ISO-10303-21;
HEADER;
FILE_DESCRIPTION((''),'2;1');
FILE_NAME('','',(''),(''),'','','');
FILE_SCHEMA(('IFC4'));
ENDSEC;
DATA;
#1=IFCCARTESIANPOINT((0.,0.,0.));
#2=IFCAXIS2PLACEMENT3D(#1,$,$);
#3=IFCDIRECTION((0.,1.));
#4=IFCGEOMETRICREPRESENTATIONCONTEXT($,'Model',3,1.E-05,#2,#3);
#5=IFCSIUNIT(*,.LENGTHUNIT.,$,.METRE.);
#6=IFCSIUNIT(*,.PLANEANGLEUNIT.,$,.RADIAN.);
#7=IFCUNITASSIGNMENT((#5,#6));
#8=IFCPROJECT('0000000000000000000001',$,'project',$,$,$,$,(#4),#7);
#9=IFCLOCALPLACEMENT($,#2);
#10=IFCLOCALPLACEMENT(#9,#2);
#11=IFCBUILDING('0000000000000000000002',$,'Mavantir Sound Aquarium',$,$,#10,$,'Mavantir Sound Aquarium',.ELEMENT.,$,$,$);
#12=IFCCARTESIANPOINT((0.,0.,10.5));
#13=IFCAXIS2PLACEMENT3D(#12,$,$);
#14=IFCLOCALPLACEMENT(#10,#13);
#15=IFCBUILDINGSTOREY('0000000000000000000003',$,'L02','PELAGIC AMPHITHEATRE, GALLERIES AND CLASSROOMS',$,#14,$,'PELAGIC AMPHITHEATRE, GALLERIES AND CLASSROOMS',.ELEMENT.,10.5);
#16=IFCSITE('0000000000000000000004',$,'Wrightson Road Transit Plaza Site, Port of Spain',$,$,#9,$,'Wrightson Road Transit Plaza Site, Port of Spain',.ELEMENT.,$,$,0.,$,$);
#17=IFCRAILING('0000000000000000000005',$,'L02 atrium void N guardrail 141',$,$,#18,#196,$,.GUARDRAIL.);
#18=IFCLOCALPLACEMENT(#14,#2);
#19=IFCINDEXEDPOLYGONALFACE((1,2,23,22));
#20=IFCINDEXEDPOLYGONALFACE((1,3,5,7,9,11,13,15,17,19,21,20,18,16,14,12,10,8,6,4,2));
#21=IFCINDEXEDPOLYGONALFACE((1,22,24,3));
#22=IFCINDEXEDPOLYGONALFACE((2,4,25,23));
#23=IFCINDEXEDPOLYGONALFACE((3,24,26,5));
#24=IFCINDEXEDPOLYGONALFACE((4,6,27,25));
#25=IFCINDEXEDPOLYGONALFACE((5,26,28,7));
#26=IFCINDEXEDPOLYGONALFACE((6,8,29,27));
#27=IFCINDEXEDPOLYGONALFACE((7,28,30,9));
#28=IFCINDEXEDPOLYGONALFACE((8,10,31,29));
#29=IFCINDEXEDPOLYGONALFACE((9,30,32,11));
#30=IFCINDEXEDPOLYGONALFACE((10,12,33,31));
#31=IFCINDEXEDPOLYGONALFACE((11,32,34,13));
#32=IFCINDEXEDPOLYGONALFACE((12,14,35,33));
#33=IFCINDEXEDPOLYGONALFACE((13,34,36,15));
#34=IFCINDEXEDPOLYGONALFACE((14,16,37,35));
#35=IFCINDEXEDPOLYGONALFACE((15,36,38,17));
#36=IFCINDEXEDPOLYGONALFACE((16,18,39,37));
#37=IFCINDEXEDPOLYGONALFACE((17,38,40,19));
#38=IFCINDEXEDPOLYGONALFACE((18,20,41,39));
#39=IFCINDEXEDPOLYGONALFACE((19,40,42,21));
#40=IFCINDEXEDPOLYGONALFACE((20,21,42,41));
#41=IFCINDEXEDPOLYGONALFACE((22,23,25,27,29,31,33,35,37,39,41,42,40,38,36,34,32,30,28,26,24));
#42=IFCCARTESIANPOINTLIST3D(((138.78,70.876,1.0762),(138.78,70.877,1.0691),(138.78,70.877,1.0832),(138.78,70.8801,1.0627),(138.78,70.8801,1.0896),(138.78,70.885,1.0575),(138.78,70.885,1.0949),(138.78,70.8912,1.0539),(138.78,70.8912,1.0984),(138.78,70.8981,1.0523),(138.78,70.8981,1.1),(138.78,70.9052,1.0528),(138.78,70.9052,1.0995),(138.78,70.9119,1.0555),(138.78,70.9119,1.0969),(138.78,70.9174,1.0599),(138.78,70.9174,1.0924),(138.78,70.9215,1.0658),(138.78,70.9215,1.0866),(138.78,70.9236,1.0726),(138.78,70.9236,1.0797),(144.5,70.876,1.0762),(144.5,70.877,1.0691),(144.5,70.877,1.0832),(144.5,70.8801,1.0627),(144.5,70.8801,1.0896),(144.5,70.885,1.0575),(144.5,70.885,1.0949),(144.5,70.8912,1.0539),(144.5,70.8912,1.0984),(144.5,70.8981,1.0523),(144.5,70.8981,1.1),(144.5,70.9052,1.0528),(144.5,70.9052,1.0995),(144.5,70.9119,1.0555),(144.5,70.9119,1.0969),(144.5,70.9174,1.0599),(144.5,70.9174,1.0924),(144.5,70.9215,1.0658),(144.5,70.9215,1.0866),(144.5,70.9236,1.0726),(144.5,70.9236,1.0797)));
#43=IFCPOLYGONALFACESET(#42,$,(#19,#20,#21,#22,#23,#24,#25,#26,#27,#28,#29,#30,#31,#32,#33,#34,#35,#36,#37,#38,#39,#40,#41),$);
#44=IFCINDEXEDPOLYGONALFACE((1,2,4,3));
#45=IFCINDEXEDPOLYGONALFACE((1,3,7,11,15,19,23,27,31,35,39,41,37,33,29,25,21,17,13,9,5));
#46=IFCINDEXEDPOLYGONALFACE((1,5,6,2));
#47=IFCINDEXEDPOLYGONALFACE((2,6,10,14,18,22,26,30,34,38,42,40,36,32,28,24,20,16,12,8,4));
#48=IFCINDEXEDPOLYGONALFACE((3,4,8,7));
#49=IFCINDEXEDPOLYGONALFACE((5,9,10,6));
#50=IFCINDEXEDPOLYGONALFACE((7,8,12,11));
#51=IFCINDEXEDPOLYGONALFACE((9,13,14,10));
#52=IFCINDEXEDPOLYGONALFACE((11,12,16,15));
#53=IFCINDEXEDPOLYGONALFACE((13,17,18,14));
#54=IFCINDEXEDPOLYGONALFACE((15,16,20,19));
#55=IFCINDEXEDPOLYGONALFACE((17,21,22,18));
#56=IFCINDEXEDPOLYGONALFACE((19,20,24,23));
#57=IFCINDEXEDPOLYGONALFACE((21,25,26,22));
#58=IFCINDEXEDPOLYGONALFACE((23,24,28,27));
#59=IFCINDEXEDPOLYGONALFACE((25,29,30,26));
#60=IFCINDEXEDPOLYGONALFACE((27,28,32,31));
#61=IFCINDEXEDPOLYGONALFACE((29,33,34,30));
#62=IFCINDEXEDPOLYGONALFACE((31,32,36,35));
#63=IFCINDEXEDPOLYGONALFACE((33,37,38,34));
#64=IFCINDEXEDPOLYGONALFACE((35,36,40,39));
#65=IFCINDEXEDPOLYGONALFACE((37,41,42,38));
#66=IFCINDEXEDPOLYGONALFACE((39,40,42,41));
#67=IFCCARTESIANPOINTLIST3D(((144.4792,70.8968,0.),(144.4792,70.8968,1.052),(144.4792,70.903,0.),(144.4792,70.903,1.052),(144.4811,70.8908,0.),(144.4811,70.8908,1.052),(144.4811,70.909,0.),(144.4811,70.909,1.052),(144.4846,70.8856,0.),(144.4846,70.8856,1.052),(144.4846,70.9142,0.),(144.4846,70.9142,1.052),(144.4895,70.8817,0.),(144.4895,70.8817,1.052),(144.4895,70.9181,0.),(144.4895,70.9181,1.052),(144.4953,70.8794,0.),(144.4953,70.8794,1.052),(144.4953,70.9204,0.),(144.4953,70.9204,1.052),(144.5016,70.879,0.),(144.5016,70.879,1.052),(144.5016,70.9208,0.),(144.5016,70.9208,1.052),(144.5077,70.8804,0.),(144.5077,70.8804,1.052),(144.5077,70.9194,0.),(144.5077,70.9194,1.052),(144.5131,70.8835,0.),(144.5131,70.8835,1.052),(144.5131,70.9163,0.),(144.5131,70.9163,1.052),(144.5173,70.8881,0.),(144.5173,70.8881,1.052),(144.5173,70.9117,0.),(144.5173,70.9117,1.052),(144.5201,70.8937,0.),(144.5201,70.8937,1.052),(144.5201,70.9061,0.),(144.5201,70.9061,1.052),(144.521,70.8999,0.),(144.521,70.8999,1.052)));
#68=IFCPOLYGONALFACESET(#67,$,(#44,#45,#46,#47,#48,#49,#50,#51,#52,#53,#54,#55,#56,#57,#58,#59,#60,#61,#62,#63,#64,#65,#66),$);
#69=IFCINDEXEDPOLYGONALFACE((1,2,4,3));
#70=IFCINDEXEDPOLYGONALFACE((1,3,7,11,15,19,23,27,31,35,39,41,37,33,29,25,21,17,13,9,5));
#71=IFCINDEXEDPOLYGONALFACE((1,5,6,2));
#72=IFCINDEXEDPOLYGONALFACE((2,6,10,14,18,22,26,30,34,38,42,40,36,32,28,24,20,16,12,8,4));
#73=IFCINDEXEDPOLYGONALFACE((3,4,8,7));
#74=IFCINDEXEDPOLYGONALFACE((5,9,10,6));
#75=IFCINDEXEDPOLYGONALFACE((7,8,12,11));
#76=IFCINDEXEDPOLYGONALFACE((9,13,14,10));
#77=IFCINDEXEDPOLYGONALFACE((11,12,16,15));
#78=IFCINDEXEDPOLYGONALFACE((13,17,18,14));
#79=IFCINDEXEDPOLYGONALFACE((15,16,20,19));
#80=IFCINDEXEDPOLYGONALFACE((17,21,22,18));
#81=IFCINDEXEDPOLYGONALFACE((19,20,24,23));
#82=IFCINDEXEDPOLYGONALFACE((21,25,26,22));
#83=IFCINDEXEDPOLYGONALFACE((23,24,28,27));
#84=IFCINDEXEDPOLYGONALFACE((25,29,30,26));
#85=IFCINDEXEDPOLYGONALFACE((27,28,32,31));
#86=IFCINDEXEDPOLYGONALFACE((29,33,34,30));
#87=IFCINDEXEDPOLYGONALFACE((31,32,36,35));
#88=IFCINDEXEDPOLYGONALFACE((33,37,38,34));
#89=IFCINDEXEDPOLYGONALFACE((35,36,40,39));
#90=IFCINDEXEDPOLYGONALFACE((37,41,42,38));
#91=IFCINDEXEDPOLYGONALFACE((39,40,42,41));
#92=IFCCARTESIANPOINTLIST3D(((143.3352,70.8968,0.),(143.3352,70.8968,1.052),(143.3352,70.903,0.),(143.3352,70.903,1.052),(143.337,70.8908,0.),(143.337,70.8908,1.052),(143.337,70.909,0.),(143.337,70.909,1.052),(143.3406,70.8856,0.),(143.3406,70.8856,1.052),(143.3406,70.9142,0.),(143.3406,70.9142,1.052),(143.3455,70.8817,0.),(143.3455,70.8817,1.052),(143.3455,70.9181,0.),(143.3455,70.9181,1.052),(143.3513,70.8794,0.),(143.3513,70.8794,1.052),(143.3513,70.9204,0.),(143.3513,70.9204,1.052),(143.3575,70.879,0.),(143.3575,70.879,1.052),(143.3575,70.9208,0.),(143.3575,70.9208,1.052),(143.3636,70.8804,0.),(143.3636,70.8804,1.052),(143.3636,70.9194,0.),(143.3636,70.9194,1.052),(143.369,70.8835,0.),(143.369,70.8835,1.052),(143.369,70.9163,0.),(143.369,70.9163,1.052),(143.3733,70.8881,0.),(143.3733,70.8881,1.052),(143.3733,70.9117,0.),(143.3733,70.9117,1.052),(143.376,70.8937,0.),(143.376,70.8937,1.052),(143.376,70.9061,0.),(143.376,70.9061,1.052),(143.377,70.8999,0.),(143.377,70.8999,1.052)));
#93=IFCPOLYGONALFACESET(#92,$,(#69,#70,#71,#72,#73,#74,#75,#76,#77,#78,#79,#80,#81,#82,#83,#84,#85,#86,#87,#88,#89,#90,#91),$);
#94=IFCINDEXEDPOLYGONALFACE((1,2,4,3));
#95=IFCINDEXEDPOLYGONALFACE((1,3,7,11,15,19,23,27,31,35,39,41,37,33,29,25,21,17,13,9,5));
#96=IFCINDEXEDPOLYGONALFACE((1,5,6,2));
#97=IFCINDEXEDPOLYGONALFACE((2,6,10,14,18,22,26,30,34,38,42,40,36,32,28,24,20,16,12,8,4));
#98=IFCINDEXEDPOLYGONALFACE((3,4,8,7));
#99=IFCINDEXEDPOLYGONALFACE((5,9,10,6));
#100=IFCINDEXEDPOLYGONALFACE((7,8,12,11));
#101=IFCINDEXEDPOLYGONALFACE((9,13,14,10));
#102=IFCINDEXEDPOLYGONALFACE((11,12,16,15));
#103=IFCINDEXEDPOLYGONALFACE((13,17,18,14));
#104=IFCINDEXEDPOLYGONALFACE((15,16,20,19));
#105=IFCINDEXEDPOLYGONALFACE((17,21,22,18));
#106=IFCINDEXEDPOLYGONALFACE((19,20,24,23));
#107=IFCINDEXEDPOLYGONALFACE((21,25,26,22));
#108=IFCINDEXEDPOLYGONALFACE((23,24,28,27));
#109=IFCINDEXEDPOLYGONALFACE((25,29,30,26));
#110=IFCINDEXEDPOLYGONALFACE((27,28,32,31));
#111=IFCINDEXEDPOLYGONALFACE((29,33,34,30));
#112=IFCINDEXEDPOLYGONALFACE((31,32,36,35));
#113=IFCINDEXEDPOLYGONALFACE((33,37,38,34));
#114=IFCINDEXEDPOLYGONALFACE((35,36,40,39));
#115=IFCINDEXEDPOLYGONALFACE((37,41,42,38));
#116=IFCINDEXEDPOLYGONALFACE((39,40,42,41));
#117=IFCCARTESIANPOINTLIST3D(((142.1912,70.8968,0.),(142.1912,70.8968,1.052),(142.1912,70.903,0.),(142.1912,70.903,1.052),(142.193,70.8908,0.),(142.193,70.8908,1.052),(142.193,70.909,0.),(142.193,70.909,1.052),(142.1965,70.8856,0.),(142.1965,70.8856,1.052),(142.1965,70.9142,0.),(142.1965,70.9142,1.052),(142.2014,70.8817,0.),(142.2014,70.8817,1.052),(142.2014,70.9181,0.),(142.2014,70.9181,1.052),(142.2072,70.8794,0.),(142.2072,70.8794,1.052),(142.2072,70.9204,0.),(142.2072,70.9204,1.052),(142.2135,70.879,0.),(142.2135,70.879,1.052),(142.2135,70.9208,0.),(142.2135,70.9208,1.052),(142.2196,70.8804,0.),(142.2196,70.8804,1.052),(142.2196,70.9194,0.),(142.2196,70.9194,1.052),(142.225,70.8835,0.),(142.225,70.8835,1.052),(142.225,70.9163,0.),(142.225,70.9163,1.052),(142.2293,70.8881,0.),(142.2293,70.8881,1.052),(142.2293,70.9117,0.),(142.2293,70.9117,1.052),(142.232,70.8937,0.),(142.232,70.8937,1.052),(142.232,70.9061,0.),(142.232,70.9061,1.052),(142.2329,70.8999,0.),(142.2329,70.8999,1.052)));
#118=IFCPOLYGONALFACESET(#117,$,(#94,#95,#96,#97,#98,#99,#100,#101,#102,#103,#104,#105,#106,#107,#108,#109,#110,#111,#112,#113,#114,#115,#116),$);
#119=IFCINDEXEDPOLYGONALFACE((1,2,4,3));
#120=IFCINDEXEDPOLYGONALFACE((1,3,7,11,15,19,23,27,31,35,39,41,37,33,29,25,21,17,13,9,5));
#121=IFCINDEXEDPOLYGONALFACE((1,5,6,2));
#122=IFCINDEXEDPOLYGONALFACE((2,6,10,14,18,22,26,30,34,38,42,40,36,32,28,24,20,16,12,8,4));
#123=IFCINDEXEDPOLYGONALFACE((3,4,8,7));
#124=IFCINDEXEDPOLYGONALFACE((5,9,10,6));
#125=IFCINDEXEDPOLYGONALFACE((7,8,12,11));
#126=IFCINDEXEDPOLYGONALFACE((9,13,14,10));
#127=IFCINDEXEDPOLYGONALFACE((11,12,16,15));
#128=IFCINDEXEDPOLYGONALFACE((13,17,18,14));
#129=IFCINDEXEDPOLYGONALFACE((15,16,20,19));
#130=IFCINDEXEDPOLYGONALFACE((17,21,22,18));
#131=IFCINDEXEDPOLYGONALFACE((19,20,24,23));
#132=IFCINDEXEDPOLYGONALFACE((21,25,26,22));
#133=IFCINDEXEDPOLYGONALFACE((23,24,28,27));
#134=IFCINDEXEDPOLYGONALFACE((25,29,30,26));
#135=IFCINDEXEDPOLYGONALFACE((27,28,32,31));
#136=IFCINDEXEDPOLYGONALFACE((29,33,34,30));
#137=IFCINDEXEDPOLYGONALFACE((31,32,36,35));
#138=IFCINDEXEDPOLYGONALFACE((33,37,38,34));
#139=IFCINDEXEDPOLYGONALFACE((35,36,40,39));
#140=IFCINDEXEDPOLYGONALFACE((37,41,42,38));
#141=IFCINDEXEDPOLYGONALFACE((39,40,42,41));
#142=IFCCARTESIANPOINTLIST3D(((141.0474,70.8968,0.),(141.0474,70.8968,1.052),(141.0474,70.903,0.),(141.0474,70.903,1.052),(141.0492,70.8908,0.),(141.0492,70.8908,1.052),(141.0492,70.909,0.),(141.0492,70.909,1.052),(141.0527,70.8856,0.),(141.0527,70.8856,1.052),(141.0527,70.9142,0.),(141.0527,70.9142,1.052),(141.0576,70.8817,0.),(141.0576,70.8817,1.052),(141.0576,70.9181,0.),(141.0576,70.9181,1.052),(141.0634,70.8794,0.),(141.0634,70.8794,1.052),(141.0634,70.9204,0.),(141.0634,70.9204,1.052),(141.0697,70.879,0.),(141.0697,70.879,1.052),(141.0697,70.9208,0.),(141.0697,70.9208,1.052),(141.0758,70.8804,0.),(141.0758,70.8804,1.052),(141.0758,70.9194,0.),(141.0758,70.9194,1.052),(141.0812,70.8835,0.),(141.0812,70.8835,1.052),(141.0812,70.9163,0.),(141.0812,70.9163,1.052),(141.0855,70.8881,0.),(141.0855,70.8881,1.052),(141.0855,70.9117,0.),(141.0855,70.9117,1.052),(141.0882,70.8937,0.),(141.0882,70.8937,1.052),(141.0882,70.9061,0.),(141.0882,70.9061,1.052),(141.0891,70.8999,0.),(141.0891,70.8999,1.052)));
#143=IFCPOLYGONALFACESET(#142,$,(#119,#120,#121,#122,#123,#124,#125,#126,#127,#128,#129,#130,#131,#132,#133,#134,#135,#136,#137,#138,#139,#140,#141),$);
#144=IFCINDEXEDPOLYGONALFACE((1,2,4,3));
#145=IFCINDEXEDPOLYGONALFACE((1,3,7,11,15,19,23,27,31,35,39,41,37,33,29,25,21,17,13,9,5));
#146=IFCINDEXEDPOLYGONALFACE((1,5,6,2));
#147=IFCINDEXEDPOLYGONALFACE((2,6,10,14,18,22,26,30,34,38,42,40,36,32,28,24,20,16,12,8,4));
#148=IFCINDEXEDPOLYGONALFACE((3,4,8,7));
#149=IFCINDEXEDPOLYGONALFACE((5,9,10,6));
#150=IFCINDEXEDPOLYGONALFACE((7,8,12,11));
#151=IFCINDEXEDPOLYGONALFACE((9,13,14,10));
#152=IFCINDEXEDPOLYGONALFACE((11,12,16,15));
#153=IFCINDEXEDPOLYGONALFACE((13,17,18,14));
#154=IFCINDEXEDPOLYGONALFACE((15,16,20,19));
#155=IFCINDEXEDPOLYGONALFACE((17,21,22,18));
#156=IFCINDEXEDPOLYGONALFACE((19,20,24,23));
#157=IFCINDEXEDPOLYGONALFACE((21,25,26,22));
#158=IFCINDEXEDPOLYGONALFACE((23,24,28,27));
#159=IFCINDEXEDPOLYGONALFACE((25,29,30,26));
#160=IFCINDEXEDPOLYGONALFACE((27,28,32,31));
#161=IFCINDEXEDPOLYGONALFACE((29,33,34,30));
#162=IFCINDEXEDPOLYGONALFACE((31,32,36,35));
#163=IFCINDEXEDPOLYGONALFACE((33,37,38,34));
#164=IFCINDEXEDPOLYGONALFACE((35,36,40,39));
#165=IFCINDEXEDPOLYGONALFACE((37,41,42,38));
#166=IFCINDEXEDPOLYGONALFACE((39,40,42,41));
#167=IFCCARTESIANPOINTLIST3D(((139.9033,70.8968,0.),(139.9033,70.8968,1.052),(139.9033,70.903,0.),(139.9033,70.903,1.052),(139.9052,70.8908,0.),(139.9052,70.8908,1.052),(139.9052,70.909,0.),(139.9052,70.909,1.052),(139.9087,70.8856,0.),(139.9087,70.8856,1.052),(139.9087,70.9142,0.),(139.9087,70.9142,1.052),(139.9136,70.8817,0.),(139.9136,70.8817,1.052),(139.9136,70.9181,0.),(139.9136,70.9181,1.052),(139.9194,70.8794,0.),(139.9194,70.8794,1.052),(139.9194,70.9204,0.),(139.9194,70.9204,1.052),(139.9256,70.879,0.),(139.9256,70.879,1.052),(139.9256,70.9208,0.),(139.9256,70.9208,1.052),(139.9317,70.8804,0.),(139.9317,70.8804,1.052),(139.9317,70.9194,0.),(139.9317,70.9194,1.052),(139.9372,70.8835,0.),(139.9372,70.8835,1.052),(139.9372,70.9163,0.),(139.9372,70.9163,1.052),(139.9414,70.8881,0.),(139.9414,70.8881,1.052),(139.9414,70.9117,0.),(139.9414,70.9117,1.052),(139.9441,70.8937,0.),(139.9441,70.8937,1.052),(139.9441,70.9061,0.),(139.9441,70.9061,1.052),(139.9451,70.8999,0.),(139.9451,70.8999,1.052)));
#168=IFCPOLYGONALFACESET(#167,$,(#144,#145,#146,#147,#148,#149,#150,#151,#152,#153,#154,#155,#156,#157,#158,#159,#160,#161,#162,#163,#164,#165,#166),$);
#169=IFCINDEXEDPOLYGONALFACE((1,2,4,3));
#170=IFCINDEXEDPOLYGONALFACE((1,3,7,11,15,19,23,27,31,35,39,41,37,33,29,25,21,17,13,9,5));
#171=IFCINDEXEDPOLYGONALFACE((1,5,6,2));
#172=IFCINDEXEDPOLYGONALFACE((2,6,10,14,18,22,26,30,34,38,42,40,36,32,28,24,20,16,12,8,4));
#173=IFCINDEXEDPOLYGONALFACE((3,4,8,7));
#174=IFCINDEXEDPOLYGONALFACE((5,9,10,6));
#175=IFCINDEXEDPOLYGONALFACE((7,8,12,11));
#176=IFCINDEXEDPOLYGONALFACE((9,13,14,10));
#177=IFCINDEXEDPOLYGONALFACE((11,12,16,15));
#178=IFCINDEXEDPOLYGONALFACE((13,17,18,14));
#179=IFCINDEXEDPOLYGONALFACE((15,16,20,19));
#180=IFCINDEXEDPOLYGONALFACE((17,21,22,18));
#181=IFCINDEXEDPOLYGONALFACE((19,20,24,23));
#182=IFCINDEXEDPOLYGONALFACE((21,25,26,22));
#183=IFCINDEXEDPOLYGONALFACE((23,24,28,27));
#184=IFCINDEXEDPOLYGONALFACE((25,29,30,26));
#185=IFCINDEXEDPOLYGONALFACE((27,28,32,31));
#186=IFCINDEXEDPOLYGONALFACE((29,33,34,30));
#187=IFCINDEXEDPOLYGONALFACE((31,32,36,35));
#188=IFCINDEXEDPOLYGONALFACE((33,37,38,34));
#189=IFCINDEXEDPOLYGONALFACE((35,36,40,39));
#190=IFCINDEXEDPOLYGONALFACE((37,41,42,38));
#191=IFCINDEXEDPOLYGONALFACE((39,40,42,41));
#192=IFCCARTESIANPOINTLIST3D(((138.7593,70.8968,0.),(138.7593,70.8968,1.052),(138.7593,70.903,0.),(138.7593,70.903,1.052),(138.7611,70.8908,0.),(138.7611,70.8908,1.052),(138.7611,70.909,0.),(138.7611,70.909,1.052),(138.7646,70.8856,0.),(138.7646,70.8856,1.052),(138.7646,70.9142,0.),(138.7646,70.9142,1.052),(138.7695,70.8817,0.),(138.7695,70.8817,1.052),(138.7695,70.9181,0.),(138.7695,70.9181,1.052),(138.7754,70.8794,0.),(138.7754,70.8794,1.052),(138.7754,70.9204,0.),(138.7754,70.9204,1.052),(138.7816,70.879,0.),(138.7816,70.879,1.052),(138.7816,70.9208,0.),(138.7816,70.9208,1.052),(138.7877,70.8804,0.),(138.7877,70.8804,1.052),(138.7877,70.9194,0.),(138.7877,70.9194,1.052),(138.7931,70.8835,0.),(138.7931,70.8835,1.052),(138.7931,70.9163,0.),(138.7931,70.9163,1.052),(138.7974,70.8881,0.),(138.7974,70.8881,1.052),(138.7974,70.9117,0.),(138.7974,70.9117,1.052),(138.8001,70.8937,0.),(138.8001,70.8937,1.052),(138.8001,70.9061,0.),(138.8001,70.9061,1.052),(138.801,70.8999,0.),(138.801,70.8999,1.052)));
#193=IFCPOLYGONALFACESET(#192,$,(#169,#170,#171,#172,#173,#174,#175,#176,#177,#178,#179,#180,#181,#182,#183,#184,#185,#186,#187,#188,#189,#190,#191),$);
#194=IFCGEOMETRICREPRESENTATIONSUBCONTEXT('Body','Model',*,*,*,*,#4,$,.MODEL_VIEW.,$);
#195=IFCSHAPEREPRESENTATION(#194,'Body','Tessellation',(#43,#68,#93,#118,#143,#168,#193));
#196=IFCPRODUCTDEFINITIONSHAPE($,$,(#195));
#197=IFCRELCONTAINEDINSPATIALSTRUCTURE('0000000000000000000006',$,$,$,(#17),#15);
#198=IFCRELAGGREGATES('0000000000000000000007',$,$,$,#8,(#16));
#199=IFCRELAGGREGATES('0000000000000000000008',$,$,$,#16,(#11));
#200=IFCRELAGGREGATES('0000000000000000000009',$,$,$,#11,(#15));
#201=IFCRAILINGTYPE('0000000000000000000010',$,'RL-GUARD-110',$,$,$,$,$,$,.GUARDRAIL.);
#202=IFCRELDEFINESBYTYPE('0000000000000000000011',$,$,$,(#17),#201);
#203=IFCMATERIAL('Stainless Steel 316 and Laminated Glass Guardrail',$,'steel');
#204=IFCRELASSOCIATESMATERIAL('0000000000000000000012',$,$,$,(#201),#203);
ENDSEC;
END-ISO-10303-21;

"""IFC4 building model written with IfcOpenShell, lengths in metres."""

from ifc_helpers import new_model, si_unit, direction, frame, origin, origin_2d, place, context, subcontext, project, spatial, circle, extrude, material, type_object, element, save


model = new_model("IFC4")

# Units and contexts
model_context = context("Model", 3, precision=1e-05, world=origin(), true_north=direction((0.0, 1.0)))
body_context = subcontext(model_context, "Body", "Model", "MODEL_VIEW")
ifc_project = project(units=[si_unit("LENGTHUNIT", "METRE"), si_unit("PLANEANGLEUNIT", "RADIAN")], contexts=[model_context])

# Site, building, storey
site_placement = place(None, origin())
site = spatial("IfcSite", under=ifc_project, at=site_placement, Name="Wrightson Road Transit Plaza Site, Port of Spain", LongName="Wrightson Road Transit Plaza Site, Port of Spain", CompositionType="ELEMENT", RefElevation=0.0)
building_placement = place(site_placement, origin())
building = spatial("IfcBuilding", under=site, at=building_placement, Name="Mavantir Sound Aquarium", LongName="Mavantir Sound Aquarium", CompositionType="ELEMENT")
storey_placement = place(building_placement, frame((0.0, 0.0, 10.5)))
storey = spatial("IfcBuildingStorey", under=building, at=storey_placement, Name="L02", Description="PELAGIC AMPHITHEATRE, GALLERIES AND CLASSROOMS", LongName="PELAGIC AMPHITHEATRE, GALLERIES AND CLASSROOMS", CompositionType="ELEMENT", Elevation=10.5)

# Railing
ifc_material_1 = material(Name="Stainless Steel 316 and Laminated Glass Guardrail", Category="steel")
railing_type = type_object("IfcRailingType", Name="RL-GUARD-110", PredefinedType="GUARDRAIL", material=ifc_material_1)
railing_1_placement = place(storey_placement, frame((144.5, 70.8999, 0.0)))
element("IfcRailing", 1, at=railing_1_placement, inside=storey, type_object=railing_type, Name="L02 atrium void N guardrail 141", PredefinedType="GUARDRAIL", context=body_context, shape_type="SweptSolid", body=[
    extrude(circle(Radius=0.0239, at=origin_2d()), frame((0.0, 0.0, 1.0762), z_axis=(-1.0, 0.0, 0.0), x_axis=(0.0, -1.0, 0.0)), (0.0, 0.0, 1.0), 5.72),
    extrude(circle(Radius=0.021, at=origin_2d()), origin(), (0.0, 0.0, 1.0), 1.052),
    extrude(circle(Radius=0.021, at=origin_2d()), frame((-1.144, 0.0, 0.0)), (0.0, 0.0, 1.0), 1.052),
    extrude(circle(Radius=0.021, at=origin_2d()), frame((-2.2881, 0.0, 0.0)), (0.0, 0.0, 1.0), 1.052),
    extrude(circle(Radius=0.021, at=origin_2d()), frame((-3.4319, 0.0, 0.0)), (0.0, 0.0, 1.0), 1.052),
    extrude(circle(Radius=0.021, at=origin_2d()), frame((-4.5759, 0.0, 0.0)), (0.0, 0.0, 1.0), 1.052),
    extrude(circle(Radius=0.021, at=origin_2d()), frame((-5.72, 0.0, 0.0)), (0.0, 0.0, 1.0), 1.052),
])

save(model, "model.ifc")
